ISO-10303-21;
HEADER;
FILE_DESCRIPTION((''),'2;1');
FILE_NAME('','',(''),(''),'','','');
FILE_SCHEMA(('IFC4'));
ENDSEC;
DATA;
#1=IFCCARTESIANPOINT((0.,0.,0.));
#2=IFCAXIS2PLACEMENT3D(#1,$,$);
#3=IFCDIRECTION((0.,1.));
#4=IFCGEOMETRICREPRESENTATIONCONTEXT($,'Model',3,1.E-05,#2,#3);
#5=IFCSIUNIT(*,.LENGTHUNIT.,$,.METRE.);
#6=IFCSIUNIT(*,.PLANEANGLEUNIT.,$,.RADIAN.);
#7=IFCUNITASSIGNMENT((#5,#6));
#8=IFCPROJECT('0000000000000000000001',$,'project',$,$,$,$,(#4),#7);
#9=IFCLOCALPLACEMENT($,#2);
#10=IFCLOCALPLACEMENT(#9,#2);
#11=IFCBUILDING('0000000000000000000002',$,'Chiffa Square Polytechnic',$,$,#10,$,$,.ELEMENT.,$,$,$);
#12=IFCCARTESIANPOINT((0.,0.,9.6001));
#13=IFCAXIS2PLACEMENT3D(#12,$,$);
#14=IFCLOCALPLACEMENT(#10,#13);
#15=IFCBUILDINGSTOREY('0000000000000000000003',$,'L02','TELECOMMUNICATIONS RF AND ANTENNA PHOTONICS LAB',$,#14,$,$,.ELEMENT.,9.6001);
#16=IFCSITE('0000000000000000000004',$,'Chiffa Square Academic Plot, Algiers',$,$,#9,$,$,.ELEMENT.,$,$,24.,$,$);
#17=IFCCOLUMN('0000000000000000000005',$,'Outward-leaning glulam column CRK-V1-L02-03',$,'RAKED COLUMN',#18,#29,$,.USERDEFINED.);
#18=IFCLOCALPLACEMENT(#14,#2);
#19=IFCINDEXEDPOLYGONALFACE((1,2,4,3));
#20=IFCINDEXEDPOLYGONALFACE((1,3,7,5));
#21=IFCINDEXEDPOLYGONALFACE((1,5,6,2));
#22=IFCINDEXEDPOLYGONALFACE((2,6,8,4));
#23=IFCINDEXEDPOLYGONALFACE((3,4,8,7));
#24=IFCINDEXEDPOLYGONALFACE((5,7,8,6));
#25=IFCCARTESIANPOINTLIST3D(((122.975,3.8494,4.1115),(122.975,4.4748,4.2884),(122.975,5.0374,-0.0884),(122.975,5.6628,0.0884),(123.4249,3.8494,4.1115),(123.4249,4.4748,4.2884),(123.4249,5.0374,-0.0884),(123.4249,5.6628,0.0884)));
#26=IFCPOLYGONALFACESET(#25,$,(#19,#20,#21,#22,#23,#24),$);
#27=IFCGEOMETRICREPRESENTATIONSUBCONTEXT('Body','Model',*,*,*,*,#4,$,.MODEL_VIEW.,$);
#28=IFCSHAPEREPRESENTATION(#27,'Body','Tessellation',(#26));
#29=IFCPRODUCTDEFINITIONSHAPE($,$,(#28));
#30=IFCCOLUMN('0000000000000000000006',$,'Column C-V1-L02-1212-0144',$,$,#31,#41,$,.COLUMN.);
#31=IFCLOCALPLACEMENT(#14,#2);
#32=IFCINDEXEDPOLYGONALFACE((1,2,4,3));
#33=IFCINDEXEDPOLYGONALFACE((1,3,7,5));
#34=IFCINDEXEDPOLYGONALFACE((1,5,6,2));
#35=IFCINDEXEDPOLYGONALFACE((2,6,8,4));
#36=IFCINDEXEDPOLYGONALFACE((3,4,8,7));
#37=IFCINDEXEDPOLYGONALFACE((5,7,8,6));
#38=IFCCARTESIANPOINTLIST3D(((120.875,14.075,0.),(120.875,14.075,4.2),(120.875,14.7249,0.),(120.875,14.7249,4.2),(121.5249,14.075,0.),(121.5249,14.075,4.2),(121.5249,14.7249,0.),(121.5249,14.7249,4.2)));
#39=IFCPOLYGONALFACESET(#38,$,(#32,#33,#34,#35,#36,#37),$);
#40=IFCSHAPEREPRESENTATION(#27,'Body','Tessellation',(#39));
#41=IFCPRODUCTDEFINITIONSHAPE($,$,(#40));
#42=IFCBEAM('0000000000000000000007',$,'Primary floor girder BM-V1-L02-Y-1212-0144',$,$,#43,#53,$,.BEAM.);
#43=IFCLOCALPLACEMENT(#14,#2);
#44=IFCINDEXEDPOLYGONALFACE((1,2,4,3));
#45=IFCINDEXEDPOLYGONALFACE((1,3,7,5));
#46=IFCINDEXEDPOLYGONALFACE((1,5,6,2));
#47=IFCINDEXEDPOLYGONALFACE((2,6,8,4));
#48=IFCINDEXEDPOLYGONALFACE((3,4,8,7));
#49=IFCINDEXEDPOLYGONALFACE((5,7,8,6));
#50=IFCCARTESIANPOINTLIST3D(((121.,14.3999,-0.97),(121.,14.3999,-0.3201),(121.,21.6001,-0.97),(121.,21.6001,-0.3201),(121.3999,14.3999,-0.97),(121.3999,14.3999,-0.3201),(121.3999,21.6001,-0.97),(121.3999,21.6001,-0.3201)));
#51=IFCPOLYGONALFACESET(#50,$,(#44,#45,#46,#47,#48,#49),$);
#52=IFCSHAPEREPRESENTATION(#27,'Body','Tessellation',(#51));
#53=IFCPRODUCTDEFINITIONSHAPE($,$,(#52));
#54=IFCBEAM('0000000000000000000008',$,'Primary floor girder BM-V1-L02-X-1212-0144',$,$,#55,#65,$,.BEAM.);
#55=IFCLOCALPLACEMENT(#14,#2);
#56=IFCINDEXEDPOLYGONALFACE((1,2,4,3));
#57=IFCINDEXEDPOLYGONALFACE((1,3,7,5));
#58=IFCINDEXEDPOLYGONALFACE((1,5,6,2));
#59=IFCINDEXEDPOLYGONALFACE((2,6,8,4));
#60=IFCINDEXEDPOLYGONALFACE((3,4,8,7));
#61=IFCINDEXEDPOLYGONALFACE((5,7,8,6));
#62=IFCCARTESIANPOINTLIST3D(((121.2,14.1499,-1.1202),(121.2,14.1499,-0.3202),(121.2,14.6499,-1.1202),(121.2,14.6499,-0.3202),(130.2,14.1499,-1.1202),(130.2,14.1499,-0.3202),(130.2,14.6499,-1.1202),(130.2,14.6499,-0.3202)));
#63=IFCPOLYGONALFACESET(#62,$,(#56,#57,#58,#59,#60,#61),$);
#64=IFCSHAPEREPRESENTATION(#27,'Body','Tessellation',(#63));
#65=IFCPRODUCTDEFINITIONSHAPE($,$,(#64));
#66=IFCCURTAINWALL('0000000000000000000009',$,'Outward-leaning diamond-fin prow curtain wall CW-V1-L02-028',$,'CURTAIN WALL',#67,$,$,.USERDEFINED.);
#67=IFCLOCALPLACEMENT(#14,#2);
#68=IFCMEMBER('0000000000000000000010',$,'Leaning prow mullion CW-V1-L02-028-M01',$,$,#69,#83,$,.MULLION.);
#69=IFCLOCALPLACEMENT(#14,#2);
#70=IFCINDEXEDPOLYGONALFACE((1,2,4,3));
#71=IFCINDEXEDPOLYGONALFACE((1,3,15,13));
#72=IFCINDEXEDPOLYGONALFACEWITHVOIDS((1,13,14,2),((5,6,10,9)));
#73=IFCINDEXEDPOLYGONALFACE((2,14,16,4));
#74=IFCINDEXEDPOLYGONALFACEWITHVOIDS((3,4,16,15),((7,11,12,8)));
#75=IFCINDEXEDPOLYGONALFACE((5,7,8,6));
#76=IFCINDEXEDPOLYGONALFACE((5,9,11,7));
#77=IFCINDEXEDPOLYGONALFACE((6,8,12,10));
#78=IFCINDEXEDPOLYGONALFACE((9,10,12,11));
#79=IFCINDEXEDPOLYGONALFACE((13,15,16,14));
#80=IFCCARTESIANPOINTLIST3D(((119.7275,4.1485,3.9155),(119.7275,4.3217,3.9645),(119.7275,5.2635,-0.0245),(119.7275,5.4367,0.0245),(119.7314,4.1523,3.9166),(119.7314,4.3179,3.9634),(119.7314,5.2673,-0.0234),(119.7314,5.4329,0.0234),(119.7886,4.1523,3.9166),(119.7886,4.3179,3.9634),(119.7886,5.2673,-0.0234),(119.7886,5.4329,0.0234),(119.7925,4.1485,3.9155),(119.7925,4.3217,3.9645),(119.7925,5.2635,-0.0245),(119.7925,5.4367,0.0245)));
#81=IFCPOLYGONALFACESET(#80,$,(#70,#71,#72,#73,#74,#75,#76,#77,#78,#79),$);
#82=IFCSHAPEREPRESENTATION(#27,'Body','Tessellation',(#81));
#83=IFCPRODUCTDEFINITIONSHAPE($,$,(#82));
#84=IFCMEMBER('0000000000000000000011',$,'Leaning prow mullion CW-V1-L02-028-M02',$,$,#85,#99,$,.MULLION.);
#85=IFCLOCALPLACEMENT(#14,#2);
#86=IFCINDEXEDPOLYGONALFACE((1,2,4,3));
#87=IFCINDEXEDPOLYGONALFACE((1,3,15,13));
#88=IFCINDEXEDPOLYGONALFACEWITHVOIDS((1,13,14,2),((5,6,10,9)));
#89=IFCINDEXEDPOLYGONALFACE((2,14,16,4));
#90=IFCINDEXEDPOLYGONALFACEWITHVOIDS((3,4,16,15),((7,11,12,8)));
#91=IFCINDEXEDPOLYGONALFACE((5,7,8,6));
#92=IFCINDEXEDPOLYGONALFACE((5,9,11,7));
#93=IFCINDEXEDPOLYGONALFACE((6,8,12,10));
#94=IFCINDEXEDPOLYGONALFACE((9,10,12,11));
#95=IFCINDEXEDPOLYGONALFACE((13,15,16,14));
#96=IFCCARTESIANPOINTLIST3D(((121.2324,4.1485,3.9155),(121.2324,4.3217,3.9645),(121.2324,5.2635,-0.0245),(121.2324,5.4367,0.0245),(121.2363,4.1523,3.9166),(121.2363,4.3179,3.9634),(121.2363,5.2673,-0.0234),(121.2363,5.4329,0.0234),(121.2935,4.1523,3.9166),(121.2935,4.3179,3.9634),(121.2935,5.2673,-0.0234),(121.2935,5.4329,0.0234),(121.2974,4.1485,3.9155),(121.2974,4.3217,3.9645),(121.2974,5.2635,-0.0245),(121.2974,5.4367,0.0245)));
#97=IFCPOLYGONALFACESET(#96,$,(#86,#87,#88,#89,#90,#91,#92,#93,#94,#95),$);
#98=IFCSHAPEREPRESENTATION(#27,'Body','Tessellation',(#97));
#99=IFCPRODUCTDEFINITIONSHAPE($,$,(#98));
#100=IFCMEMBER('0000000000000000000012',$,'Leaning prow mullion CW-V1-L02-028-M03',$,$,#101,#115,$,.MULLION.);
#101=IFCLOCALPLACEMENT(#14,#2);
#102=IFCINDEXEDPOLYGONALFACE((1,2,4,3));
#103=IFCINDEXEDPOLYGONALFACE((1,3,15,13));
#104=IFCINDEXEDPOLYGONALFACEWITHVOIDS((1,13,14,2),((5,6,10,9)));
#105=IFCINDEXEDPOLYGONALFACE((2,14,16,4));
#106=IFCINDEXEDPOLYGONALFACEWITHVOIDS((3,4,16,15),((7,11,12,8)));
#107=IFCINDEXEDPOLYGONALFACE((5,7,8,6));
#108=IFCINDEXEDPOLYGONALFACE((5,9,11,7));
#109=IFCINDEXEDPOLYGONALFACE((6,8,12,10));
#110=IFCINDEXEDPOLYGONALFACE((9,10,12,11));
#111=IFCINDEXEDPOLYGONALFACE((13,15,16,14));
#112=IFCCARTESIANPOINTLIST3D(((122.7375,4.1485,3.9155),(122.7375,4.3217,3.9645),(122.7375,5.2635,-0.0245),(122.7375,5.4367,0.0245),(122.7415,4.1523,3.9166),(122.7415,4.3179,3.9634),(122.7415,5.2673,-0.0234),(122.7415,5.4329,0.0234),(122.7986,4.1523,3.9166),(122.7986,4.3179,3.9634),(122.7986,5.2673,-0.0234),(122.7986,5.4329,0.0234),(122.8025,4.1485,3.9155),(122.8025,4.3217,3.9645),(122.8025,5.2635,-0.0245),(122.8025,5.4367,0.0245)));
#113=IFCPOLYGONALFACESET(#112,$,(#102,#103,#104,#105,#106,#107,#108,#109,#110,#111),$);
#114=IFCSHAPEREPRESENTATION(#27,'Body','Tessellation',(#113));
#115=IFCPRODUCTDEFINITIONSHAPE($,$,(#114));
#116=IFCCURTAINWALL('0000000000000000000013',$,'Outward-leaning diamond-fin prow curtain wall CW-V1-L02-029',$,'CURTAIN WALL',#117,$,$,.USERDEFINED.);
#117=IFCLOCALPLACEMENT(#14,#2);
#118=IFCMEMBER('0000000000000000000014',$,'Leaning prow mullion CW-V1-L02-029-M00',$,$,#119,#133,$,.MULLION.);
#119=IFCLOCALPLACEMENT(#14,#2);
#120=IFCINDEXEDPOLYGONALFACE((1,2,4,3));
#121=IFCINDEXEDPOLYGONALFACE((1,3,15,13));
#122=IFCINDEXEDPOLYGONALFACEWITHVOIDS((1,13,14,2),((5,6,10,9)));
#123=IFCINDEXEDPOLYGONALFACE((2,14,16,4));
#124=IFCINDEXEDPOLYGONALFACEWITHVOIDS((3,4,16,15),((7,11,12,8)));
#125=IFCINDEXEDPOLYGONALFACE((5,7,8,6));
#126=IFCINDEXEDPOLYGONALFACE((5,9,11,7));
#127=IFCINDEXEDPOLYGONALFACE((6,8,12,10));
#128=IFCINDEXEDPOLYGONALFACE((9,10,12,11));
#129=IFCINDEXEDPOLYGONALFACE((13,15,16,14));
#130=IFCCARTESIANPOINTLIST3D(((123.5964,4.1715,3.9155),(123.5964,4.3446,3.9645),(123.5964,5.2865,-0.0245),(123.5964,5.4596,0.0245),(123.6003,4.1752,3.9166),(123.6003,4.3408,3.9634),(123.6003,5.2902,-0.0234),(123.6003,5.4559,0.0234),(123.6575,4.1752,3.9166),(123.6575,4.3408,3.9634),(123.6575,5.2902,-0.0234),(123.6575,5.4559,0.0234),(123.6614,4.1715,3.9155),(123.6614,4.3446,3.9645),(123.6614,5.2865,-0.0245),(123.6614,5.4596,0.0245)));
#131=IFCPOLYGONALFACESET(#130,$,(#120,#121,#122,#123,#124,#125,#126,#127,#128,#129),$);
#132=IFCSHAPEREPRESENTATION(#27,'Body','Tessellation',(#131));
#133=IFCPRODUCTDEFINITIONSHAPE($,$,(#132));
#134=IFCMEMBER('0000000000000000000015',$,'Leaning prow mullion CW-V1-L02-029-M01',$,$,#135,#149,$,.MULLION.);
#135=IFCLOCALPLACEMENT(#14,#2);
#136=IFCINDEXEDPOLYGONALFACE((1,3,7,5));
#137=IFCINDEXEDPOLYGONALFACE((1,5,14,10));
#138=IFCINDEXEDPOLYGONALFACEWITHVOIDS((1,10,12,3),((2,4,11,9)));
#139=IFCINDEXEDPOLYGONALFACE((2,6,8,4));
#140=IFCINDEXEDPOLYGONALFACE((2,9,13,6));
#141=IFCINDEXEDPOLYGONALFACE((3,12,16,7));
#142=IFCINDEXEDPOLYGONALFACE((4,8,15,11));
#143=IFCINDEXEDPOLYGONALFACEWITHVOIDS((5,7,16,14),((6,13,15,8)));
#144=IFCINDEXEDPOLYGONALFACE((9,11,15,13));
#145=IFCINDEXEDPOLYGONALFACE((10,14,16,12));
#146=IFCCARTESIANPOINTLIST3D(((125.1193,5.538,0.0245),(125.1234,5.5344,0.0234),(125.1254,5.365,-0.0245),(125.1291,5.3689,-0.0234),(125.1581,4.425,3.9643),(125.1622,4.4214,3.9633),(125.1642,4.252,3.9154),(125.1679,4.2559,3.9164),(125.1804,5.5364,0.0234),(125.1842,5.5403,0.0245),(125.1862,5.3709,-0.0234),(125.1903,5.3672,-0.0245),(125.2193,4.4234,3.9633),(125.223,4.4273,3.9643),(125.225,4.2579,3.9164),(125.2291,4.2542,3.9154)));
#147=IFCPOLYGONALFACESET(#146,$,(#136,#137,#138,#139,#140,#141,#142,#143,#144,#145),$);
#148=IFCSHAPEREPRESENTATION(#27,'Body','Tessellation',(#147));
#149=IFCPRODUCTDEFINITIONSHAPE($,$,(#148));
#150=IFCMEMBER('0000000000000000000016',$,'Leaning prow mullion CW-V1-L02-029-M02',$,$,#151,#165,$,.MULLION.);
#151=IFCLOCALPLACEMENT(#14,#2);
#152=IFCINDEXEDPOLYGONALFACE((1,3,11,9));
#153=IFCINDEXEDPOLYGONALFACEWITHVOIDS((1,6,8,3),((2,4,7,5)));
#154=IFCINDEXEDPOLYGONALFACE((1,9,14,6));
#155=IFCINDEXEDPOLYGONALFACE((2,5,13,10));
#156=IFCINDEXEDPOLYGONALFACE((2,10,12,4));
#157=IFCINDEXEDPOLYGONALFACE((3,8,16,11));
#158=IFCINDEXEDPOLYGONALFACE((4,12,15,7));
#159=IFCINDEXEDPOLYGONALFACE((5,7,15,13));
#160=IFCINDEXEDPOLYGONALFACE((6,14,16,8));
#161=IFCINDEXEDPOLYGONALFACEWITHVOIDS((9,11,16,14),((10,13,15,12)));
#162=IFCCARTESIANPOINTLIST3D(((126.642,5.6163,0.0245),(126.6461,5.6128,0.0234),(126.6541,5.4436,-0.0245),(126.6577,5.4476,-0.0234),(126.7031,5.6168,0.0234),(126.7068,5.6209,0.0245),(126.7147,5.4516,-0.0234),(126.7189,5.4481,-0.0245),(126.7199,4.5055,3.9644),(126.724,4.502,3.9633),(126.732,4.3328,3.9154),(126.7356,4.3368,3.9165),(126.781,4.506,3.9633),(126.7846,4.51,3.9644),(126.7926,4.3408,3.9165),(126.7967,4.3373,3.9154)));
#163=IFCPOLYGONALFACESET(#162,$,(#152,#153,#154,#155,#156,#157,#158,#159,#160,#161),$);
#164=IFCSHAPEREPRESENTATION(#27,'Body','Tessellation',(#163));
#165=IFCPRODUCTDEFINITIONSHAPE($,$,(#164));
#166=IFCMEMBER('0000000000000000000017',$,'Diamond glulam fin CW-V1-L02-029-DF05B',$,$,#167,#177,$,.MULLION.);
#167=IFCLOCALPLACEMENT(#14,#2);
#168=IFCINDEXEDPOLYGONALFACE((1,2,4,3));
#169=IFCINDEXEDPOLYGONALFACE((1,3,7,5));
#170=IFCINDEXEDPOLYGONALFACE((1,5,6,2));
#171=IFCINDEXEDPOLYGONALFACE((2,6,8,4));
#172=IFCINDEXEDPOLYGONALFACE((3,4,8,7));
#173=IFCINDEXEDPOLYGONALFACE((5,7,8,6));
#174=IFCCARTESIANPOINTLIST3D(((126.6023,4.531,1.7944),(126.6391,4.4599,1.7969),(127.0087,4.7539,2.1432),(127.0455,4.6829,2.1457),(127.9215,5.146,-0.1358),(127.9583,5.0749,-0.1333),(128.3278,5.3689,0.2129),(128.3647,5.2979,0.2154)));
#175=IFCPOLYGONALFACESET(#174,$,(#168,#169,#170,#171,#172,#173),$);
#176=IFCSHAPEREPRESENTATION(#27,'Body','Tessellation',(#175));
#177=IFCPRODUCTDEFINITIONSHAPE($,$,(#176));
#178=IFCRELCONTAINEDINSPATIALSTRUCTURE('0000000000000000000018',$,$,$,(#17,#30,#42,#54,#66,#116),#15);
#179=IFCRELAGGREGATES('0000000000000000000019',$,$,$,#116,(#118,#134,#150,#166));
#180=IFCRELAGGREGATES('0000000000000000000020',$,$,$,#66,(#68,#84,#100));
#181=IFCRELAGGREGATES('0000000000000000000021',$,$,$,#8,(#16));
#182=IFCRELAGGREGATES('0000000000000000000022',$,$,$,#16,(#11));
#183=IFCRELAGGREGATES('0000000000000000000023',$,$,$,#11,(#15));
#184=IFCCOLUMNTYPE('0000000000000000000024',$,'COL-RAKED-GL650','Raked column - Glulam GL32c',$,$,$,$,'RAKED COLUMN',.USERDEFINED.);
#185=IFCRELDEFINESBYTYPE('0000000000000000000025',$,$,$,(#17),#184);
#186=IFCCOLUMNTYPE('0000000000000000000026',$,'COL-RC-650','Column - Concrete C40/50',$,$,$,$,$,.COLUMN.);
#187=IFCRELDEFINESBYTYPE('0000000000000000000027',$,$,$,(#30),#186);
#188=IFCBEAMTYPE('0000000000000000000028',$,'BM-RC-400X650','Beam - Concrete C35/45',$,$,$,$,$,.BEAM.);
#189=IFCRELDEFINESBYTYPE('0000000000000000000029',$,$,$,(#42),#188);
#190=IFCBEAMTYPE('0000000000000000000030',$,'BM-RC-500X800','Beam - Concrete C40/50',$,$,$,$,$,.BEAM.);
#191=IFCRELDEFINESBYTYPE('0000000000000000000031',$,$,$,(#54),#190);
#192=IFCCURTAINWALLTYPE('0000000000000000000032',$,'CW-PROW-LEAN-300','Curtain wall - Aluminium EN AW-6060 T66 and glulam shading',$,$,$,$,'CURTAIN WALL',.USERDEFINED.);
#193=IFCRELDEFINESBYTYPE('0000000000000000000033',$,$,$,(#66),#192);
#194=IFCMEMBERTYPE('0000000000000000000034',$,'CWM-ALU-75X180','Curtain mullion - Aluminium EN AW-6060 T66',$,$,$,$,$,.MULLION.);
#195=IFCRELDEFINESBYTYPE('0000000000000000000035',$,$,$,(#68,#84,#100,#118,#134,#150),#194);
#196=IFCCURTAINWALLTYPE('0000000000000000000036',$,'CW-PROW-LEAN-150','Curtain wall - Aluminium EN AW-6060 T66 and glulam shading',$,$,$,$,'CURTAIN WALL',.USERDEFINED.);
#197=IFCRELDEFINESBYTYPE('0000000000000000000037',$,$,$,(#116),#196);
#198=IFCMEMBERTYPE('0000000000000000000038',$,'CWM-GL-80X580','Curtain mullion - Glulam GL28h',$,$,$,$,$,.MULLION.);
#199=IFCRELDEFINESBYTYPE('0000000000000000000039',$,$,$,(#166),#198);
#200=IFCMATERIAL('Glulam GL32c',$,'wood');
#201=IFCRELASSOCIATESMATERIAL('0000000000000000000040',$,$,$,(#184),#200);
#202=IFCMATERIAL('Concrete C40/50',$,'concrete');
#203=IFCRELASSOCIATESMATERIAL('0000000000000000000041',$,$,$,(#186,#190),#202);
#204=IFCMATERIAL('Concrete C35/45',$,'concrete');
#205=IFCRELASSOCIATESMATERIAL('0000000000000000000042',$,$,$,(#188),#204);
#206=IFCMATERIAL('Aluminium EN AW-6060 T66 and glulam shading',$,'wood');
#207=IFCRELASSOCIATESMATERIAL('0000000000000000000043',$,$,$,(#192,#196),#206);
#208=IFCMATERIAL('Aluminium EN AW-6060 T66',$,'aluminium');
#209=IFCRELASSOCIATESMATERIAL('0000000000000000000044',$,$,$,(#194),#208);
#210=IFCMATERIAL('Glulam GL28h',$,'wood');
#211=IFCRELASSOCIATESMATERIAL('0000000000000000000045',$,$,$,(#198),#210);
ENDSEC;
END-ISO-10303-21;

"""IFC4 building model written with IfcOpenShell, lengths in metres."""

from ifc_helpers import new_model, si_unit, direction, frame, origin, origin_2d, place, context, subcontext, project, spatial, rectangle, hollow_rectangle, extrude, material, material_profile, profile_set, type_object, element, aggregate, save


model = new_model("IFC4")

# Units and contexts
model_context = context("Model", 3, precision=1e-05, world=origin(), true_north=direction((0.0, 1.0)))
body_context = subcontext(model_context, "Body", "Model", "MODEL_VIEW")
ifc_project = project(units=[si_unit("LENGTHUNIT", "METRE"), si_unit("PLANEANGLEUNIT", "RADIAN")], contexts=[model_context])

# Site, building, storey
site_placement = place(None, origin())
site = spatial("IfcSite", under=ifc_project, at=site_placement, Name="Chiffa Square Academic Plot, Algiers", CompositionType="ELEMENT", RefElevation=24.0)
building_placement = place(site_placement, origin())
building = spatial("IfcBuilding", under=site, at=building_placement, Name="Chiffa Square Polytechnic", CompositionType="ELEMENT")
storey_placement = place(building_placement, frame((0.0, 0.0, 9.6001)))
storey = spatial("IfcBuildingStorey", under=building, at=storey_placement, Name="L02", Description="TELECOMMUNICATIONS RF AND ANTENNA PHOTONICS LAB", CompositionType="ELEMENT", Elevation=9.6001)

# Columns
ifc_material_1 = material(Name="Glulam GL32c", Category="wood")
ifc_material_profile_1 = material_profile(ifc_material_1, rectangle(XDim=0.45, YDim=0.6499, at=origin_2d()), Name="GL32c 450x650")
ifc_profile_set_1 = profile_set([ifc_material_profile_1], Name="Glulam GL32c")
column_type_1 = type_object("IfcColumnType", Name="COL-RAKED-GL650", Description="Raked column - Glulam GL32c", ElementType="RAKED COLUMN", PredefinedType="USERDEFINED", material=ifc_profile_set_1)
column_1_placement = place(storey_placement, frame((123.2, 5.3501, 0.0), z_axis=(0.0, -0.272179, 0.962247), x_axis=(1.0, 0.0, 0.0)))
element("IfcColumn", 1, at=column_1_placement, inside=storey, type_object=column_type_1, Name="Outward-leaning glulam column CRK-V1-L02-03", ObjectType="RAKED COLUMN", PredefinedType="USERDEFINED", context=body_context, shape_type="SweptSolid", body=[
    extrude(rectangle(XDim=0.45, YDim=0.6499, at=origin_2d()), origin(), (0.0, 0.0, 1.0), 4.3647),
])
ifc_material_2 = material(Name="Concrete C40/50", Category="concrete")
ifc_material_profile_2 = material_profile(ifc_material_2, rectangle(XDim=0.6499, YDim=0.6499, at=origin_2d()), Name="RC 650x650")
ifc_profile_set_2 = profile_set([ifc_material_profile_2], Name="Concrete C40/50")
column_type_2 = type_object("IfcColumnType", Name="COL-RC-650", Description="Column - Concrete C40/50", PredefinedType="COLUMN", material=ifc_profile_set_2)
column_2_placement = place(storey_placement, frame((121.2, 14.3999, 0.0), z_axis=(0.0, 0.0, 1.0), x_axis=(1.0, 0.0, 0.0)))
element("IfcColumn", 2, at=column_2_placement, inside=storey, type_object=column_type_2, Name="Column C-V1-L02-1212-0144", PredefinedType="COLUMN", context=body_context, shape_type="SweptSolid", body=[
    extrude(rectangle(XDim=0.6499, YDim=0.6499, at=origin_2d()), origin(), (0.0, 0.0, 1.0), 4.2),
])

# Beams
ifc_material_3 = material(Name="Concrete C35/45", Category="concrete")
ifc_material_profile_3 = material_profile(ifc_material_3, rectangle(XDim=0.3999, YDim=0.6499, at=origin_2d()), Name="RC 400x650")
ifc_profile_set_3 = profile_set([ifc_material_profile_3], Name="Concrete C35/45")
beam_type_1 = type_object("IfcBeamType", Name="BM-RC-400X650", Description="Beam - Concrete C35/45", PredefinedType="BEAM", material=ifc_profile_set_3)
beam_1_placement = place(storey_placement, frame((121.2, 14.3999, -0.645), z_axis=(0.0, 1.0, 0.0), x_axis=(-1.0, 0.0, 0.0)))
element("IfcBeam", 3, at=beam_1_placement, inside=storey, type_object=beam_type_1, Name="Primary floor girder BM-V1-L02-Y-1212-0144", PredefinedType="BEAM", context=body_context, shape_type="SweptSolid", body=[
    extrude(rectangle(XDim=0.3999, YDim=0.6499, at=origin_2d()), origin(), (0.0, 0.0, 1.0), 7.2002),
])
ifc_material_profile_4 = material_profile(ifc_material_2, rectangle(XDim=0.5, YDim=0.8, at=origin_2d()), Name="RC 500x800")
ifc_profile_set_4 = profile_set([ifc_material_profile_4], Name="Concrete C40/50")
beam_type_2 = type_object("IfcBeamType", Name="BM-RC-500X800", Description="Beam - Concrete C40/50", PredefinedType="BEAM", material=ifc_profile_set_4)
beam_2_placement = place(storey_placement, frame((121.2, 14.3999, -0.7202), z_axis=(1.0, 0.0, 0.0), x_axis=(0.0, 1.0, 0.0)))
element("IfcBeam", 4, at=beam_2_placement, inside=storey, type_object=beam_type_2, Name="Primary floor girder BM-V1-L02-X-1212-0144", PredefinedType="BEAM", context=body_context, shape_type="SweptSolid", body=[
    extrude(rectangle(XDim=0.5, YDim=0.8, at=origin_2d()), origin(), (0.0, 0.0, 1.0), 9.0),
])

# Curtain walls, members
ifc_material_4 = material(Name="Aluminium EN AW-6060 T66 and glulam shading", Category="wood")
curtain_wall_type_1 = type_object("IfcCurtainWallType", Name="CW-PROW-LEAN-300", Description="Curtain wall - Aluminium EN AW-6060 T66 and glulam shading", ElementType="CURTAIN WALL", PredefinedType="USERDEFINED", material=ifc_material_4)
curtain_wall_1_placement = place(storey_placement, origin())
curtain_wall_1 = element("IfcCurtainWall", 5, at=curtain_wall_1_placement, inside=storey, type_object=curtain_wall_type_1, Name="Outward-leaning diamond-fin prow curtain wall CW-V1-L02-028", ObjectType="CURTAIN WALL", PredefinedType="USERDEFINED")
ifc_material_5 = material(Name="Aluminium EN AW-6060 T66", Category="aluminium")
ifc_material_profile_5 = material_profile(ifc_material_5, hollow_rectangle(XDim=0.0649, YDim=0.1799, WallThickness=0.0039, at=origin_2d()), Name="ALU 65x180x4")
ifc_profile_set_5 = profile_set([ifc_material_profile_5], Name="Aluminium EN AW-6060 T66")
member_type_1 = type_object("IfcMemberType", Name="CWM-ALU-75X180", Description="Curtain mullion - Aluminium EN AW-6060 T66", PredefinedType="MULLION", material=ifc_profile_set_5)
member_1_placement = place(storey_placement, frame((119.76, 5.3501, 0.0), z_axis=(0.0, -0.272303, 0.962212), x_axis=(1.0, 0.0, 0.0)))
member_1 = element("IfcMember", 6, at=member_1_placement, type_object=member_type_1, Name="Leaning prow mullion CW-V1-L02-028-M01", PredefinedType="MULLION", context=body_context, shape_type="SweptSolid", body=[
    extrude(hollow_rectangle(XDim=0.0649, YDim=0.1799, WallThickness=0.0039, at=origin_2d()), origin(), (0.0, 0.0, 1.0), 4.0947),
])
member_2_placement = place(storey_placement, frame((121.2649, 5.3501, 0.0), z_axis=(0.0, -0.272303, 0.962212), x_axis=(1.0, 0.0, 0.0)))
member_2 = element("IfcMember", 7, at=member_2_placement, type_object=member_type_1, Name="Leaning prow mullion CW-V1-L02-028-M02", PredefinedType="MULLION", context=body_context, shape_type="SweptSolid", body=[
    extrude(hollow_rectangle(XDim=0.0649, YDim=0.1799, WallThickness=0.0039, at=origin_2d()), origin(), (0.0, 0.0, 1.0), 4.0947),
])
member_3_placement = place(storey_placement, frame((122.77, 5.3501, 0.0), z_axis=(0.0, -0.272303, 0.962212), x_axis=(1.0, 0.0, 0.0)))
member_3 = element("IfcMember", 8, at=member_3_placement, type_object=member_type_1, Name="Leaning prow mullion CW-V1-L02-028-M03", PredefinedType="MULLION", context=body_context, shape_type="SweptSolid", body=[
    extrude(hollow_rectangle(XDim=0.0649, YDim=0.1799, WallThickness=0.0039, at=origin_2d()), origin(), (0.0, 0.0, 1.0), 4.0947),
])
curtain_wall_type_2 = type_object("IfcCurtainWallType", Name="CW-PROW-LEAN-150", Description="Curtain wall - Aluminium EN AW-6060 T66 and glulam shading", ElementType="CURTAIN WALL", PredefinedType="USERDEFINED", material=ifc_material_4)
curtain_wall_2_placement = place(storey_placement, origin())
curtain_wall_2 = element("IfcCurtainWall", 9, at=curtain_wall_2_placement, inside=storey, type_object=curtain_wall_type_2, Name="Outward-leaning diamond-fin prow curtain wall CW-V1-L02-029", ObjectType="CURTAIN WALL", PredefinedType="USERDEFINED")
member_4_placement = place(storey_placement, frame((123.6289, 5.373, 0.0), z_axis=(0.0, -0.272303, 0.962212), x_axis=(1.0, 0.0, 0.0)))
member_4 = element("IfcMember", 10, at=member_4_placement, type_object=member_type_1, Name="Leaning prow mullion CW-V1-L02-029-M00", PredefinedType="MULLION", context=body_context, shape_type="SweptSolid", body=[
    extrude(hollow_rectangle(XDim=0.0649, YDim=0.1799, WallThickness=0.0039, at=origin_2d()), origin(), (0.0, 0.0, 1.0), 4.0947),
])
member_5_placement = place(storey_placement, frame((125.1548, 5.4526, 0.0), z_axis=(0.009481, -0.271849, 0.962293), x_axis=(0.999392, 0.034855, 0.0)))
member_5 = element("IfcMember", 11, at=member_5_placement, type_object=member_type_1, Name="Leaning prow mullion CW-V1-L02-029-M01", PredefinedType="MULLION", context=body_context, shape_type="SweptSolid", body=[
    extrude(hollow_rectangle(XDim=0.0649, YDim=0.1799, WallThickness=0.0039, at=origin_2d()), origin(), (0.0, 0.0, 1.0), 4.0942),
])
member_6_placement = place(storey_placement, frame((126.6804, 5.5322, 0.0), z_axis=(0.019022, -0.271315, 0.962303), x_axis=(0.997551, 0.069938, 0.0)))
member_6 = element("IfcMember", 12, at=member_6_placement, type_object=member_type_1, Name="Leaning prow mullion CW-V1-L02-029-M02", PredefinedType="MULLION", context=body_context, shape_type="SweptSolid", body=[
    extrude(hollow_rectangle(XDim=0.0649, YDim=0.1799, WallThickness=0.0039, at=origin_2d()), origin(), (0.0, 0.0, 1.0), 4.0942),
])
ifc_material_6 = material(Name="Glulam GL28h", Category="wood")
ifc_material_profile_6 = material_profile(ifc_material_6, rectangle(XDim=0.0801, YDim=0.5801, at=origin_2d()), Name="GL28h 80x580")
ifc_profile_set_6 = profile_set([ifc_material_profile_6], Name="Glulam GL28h")
member_type_2 = type_object("IfcMemberType", Name="CWM-GL-80X580", Description="Curtain mullion - Glulam GL28h", PredefinedType="MULLION", material=ifc_profile_set_6)
member_7_placement = place(storey_placement, frame((128.1431, 5.2219, 0.0398), z_axis=(-0.545667, -0.254402, 0.798453), x_axis=(0.45985, -0.887438, 0.031509)))
member_7 = element("IfcMember", 13, at=member_7_placement, type_object=member_type_2, Name="Diamond glulam fin CW-V1-L02-029-DF05B", PredefinedType="MULLION", context=body_context, shape_type="SweptSolid", body=[
    extrude(rectangle(XDim=0.0801, YDim=0.5801, at=origin_2d()), origin(), (0.0, 0.0, 1.0), 2.4175),
])

aggregate(curtain_wall_2, [member_4, member_5, member_6, member_7])
aggregate(curtain_wall_1, [member_1, member_2, member_3])

save(model, "model.ifc")
